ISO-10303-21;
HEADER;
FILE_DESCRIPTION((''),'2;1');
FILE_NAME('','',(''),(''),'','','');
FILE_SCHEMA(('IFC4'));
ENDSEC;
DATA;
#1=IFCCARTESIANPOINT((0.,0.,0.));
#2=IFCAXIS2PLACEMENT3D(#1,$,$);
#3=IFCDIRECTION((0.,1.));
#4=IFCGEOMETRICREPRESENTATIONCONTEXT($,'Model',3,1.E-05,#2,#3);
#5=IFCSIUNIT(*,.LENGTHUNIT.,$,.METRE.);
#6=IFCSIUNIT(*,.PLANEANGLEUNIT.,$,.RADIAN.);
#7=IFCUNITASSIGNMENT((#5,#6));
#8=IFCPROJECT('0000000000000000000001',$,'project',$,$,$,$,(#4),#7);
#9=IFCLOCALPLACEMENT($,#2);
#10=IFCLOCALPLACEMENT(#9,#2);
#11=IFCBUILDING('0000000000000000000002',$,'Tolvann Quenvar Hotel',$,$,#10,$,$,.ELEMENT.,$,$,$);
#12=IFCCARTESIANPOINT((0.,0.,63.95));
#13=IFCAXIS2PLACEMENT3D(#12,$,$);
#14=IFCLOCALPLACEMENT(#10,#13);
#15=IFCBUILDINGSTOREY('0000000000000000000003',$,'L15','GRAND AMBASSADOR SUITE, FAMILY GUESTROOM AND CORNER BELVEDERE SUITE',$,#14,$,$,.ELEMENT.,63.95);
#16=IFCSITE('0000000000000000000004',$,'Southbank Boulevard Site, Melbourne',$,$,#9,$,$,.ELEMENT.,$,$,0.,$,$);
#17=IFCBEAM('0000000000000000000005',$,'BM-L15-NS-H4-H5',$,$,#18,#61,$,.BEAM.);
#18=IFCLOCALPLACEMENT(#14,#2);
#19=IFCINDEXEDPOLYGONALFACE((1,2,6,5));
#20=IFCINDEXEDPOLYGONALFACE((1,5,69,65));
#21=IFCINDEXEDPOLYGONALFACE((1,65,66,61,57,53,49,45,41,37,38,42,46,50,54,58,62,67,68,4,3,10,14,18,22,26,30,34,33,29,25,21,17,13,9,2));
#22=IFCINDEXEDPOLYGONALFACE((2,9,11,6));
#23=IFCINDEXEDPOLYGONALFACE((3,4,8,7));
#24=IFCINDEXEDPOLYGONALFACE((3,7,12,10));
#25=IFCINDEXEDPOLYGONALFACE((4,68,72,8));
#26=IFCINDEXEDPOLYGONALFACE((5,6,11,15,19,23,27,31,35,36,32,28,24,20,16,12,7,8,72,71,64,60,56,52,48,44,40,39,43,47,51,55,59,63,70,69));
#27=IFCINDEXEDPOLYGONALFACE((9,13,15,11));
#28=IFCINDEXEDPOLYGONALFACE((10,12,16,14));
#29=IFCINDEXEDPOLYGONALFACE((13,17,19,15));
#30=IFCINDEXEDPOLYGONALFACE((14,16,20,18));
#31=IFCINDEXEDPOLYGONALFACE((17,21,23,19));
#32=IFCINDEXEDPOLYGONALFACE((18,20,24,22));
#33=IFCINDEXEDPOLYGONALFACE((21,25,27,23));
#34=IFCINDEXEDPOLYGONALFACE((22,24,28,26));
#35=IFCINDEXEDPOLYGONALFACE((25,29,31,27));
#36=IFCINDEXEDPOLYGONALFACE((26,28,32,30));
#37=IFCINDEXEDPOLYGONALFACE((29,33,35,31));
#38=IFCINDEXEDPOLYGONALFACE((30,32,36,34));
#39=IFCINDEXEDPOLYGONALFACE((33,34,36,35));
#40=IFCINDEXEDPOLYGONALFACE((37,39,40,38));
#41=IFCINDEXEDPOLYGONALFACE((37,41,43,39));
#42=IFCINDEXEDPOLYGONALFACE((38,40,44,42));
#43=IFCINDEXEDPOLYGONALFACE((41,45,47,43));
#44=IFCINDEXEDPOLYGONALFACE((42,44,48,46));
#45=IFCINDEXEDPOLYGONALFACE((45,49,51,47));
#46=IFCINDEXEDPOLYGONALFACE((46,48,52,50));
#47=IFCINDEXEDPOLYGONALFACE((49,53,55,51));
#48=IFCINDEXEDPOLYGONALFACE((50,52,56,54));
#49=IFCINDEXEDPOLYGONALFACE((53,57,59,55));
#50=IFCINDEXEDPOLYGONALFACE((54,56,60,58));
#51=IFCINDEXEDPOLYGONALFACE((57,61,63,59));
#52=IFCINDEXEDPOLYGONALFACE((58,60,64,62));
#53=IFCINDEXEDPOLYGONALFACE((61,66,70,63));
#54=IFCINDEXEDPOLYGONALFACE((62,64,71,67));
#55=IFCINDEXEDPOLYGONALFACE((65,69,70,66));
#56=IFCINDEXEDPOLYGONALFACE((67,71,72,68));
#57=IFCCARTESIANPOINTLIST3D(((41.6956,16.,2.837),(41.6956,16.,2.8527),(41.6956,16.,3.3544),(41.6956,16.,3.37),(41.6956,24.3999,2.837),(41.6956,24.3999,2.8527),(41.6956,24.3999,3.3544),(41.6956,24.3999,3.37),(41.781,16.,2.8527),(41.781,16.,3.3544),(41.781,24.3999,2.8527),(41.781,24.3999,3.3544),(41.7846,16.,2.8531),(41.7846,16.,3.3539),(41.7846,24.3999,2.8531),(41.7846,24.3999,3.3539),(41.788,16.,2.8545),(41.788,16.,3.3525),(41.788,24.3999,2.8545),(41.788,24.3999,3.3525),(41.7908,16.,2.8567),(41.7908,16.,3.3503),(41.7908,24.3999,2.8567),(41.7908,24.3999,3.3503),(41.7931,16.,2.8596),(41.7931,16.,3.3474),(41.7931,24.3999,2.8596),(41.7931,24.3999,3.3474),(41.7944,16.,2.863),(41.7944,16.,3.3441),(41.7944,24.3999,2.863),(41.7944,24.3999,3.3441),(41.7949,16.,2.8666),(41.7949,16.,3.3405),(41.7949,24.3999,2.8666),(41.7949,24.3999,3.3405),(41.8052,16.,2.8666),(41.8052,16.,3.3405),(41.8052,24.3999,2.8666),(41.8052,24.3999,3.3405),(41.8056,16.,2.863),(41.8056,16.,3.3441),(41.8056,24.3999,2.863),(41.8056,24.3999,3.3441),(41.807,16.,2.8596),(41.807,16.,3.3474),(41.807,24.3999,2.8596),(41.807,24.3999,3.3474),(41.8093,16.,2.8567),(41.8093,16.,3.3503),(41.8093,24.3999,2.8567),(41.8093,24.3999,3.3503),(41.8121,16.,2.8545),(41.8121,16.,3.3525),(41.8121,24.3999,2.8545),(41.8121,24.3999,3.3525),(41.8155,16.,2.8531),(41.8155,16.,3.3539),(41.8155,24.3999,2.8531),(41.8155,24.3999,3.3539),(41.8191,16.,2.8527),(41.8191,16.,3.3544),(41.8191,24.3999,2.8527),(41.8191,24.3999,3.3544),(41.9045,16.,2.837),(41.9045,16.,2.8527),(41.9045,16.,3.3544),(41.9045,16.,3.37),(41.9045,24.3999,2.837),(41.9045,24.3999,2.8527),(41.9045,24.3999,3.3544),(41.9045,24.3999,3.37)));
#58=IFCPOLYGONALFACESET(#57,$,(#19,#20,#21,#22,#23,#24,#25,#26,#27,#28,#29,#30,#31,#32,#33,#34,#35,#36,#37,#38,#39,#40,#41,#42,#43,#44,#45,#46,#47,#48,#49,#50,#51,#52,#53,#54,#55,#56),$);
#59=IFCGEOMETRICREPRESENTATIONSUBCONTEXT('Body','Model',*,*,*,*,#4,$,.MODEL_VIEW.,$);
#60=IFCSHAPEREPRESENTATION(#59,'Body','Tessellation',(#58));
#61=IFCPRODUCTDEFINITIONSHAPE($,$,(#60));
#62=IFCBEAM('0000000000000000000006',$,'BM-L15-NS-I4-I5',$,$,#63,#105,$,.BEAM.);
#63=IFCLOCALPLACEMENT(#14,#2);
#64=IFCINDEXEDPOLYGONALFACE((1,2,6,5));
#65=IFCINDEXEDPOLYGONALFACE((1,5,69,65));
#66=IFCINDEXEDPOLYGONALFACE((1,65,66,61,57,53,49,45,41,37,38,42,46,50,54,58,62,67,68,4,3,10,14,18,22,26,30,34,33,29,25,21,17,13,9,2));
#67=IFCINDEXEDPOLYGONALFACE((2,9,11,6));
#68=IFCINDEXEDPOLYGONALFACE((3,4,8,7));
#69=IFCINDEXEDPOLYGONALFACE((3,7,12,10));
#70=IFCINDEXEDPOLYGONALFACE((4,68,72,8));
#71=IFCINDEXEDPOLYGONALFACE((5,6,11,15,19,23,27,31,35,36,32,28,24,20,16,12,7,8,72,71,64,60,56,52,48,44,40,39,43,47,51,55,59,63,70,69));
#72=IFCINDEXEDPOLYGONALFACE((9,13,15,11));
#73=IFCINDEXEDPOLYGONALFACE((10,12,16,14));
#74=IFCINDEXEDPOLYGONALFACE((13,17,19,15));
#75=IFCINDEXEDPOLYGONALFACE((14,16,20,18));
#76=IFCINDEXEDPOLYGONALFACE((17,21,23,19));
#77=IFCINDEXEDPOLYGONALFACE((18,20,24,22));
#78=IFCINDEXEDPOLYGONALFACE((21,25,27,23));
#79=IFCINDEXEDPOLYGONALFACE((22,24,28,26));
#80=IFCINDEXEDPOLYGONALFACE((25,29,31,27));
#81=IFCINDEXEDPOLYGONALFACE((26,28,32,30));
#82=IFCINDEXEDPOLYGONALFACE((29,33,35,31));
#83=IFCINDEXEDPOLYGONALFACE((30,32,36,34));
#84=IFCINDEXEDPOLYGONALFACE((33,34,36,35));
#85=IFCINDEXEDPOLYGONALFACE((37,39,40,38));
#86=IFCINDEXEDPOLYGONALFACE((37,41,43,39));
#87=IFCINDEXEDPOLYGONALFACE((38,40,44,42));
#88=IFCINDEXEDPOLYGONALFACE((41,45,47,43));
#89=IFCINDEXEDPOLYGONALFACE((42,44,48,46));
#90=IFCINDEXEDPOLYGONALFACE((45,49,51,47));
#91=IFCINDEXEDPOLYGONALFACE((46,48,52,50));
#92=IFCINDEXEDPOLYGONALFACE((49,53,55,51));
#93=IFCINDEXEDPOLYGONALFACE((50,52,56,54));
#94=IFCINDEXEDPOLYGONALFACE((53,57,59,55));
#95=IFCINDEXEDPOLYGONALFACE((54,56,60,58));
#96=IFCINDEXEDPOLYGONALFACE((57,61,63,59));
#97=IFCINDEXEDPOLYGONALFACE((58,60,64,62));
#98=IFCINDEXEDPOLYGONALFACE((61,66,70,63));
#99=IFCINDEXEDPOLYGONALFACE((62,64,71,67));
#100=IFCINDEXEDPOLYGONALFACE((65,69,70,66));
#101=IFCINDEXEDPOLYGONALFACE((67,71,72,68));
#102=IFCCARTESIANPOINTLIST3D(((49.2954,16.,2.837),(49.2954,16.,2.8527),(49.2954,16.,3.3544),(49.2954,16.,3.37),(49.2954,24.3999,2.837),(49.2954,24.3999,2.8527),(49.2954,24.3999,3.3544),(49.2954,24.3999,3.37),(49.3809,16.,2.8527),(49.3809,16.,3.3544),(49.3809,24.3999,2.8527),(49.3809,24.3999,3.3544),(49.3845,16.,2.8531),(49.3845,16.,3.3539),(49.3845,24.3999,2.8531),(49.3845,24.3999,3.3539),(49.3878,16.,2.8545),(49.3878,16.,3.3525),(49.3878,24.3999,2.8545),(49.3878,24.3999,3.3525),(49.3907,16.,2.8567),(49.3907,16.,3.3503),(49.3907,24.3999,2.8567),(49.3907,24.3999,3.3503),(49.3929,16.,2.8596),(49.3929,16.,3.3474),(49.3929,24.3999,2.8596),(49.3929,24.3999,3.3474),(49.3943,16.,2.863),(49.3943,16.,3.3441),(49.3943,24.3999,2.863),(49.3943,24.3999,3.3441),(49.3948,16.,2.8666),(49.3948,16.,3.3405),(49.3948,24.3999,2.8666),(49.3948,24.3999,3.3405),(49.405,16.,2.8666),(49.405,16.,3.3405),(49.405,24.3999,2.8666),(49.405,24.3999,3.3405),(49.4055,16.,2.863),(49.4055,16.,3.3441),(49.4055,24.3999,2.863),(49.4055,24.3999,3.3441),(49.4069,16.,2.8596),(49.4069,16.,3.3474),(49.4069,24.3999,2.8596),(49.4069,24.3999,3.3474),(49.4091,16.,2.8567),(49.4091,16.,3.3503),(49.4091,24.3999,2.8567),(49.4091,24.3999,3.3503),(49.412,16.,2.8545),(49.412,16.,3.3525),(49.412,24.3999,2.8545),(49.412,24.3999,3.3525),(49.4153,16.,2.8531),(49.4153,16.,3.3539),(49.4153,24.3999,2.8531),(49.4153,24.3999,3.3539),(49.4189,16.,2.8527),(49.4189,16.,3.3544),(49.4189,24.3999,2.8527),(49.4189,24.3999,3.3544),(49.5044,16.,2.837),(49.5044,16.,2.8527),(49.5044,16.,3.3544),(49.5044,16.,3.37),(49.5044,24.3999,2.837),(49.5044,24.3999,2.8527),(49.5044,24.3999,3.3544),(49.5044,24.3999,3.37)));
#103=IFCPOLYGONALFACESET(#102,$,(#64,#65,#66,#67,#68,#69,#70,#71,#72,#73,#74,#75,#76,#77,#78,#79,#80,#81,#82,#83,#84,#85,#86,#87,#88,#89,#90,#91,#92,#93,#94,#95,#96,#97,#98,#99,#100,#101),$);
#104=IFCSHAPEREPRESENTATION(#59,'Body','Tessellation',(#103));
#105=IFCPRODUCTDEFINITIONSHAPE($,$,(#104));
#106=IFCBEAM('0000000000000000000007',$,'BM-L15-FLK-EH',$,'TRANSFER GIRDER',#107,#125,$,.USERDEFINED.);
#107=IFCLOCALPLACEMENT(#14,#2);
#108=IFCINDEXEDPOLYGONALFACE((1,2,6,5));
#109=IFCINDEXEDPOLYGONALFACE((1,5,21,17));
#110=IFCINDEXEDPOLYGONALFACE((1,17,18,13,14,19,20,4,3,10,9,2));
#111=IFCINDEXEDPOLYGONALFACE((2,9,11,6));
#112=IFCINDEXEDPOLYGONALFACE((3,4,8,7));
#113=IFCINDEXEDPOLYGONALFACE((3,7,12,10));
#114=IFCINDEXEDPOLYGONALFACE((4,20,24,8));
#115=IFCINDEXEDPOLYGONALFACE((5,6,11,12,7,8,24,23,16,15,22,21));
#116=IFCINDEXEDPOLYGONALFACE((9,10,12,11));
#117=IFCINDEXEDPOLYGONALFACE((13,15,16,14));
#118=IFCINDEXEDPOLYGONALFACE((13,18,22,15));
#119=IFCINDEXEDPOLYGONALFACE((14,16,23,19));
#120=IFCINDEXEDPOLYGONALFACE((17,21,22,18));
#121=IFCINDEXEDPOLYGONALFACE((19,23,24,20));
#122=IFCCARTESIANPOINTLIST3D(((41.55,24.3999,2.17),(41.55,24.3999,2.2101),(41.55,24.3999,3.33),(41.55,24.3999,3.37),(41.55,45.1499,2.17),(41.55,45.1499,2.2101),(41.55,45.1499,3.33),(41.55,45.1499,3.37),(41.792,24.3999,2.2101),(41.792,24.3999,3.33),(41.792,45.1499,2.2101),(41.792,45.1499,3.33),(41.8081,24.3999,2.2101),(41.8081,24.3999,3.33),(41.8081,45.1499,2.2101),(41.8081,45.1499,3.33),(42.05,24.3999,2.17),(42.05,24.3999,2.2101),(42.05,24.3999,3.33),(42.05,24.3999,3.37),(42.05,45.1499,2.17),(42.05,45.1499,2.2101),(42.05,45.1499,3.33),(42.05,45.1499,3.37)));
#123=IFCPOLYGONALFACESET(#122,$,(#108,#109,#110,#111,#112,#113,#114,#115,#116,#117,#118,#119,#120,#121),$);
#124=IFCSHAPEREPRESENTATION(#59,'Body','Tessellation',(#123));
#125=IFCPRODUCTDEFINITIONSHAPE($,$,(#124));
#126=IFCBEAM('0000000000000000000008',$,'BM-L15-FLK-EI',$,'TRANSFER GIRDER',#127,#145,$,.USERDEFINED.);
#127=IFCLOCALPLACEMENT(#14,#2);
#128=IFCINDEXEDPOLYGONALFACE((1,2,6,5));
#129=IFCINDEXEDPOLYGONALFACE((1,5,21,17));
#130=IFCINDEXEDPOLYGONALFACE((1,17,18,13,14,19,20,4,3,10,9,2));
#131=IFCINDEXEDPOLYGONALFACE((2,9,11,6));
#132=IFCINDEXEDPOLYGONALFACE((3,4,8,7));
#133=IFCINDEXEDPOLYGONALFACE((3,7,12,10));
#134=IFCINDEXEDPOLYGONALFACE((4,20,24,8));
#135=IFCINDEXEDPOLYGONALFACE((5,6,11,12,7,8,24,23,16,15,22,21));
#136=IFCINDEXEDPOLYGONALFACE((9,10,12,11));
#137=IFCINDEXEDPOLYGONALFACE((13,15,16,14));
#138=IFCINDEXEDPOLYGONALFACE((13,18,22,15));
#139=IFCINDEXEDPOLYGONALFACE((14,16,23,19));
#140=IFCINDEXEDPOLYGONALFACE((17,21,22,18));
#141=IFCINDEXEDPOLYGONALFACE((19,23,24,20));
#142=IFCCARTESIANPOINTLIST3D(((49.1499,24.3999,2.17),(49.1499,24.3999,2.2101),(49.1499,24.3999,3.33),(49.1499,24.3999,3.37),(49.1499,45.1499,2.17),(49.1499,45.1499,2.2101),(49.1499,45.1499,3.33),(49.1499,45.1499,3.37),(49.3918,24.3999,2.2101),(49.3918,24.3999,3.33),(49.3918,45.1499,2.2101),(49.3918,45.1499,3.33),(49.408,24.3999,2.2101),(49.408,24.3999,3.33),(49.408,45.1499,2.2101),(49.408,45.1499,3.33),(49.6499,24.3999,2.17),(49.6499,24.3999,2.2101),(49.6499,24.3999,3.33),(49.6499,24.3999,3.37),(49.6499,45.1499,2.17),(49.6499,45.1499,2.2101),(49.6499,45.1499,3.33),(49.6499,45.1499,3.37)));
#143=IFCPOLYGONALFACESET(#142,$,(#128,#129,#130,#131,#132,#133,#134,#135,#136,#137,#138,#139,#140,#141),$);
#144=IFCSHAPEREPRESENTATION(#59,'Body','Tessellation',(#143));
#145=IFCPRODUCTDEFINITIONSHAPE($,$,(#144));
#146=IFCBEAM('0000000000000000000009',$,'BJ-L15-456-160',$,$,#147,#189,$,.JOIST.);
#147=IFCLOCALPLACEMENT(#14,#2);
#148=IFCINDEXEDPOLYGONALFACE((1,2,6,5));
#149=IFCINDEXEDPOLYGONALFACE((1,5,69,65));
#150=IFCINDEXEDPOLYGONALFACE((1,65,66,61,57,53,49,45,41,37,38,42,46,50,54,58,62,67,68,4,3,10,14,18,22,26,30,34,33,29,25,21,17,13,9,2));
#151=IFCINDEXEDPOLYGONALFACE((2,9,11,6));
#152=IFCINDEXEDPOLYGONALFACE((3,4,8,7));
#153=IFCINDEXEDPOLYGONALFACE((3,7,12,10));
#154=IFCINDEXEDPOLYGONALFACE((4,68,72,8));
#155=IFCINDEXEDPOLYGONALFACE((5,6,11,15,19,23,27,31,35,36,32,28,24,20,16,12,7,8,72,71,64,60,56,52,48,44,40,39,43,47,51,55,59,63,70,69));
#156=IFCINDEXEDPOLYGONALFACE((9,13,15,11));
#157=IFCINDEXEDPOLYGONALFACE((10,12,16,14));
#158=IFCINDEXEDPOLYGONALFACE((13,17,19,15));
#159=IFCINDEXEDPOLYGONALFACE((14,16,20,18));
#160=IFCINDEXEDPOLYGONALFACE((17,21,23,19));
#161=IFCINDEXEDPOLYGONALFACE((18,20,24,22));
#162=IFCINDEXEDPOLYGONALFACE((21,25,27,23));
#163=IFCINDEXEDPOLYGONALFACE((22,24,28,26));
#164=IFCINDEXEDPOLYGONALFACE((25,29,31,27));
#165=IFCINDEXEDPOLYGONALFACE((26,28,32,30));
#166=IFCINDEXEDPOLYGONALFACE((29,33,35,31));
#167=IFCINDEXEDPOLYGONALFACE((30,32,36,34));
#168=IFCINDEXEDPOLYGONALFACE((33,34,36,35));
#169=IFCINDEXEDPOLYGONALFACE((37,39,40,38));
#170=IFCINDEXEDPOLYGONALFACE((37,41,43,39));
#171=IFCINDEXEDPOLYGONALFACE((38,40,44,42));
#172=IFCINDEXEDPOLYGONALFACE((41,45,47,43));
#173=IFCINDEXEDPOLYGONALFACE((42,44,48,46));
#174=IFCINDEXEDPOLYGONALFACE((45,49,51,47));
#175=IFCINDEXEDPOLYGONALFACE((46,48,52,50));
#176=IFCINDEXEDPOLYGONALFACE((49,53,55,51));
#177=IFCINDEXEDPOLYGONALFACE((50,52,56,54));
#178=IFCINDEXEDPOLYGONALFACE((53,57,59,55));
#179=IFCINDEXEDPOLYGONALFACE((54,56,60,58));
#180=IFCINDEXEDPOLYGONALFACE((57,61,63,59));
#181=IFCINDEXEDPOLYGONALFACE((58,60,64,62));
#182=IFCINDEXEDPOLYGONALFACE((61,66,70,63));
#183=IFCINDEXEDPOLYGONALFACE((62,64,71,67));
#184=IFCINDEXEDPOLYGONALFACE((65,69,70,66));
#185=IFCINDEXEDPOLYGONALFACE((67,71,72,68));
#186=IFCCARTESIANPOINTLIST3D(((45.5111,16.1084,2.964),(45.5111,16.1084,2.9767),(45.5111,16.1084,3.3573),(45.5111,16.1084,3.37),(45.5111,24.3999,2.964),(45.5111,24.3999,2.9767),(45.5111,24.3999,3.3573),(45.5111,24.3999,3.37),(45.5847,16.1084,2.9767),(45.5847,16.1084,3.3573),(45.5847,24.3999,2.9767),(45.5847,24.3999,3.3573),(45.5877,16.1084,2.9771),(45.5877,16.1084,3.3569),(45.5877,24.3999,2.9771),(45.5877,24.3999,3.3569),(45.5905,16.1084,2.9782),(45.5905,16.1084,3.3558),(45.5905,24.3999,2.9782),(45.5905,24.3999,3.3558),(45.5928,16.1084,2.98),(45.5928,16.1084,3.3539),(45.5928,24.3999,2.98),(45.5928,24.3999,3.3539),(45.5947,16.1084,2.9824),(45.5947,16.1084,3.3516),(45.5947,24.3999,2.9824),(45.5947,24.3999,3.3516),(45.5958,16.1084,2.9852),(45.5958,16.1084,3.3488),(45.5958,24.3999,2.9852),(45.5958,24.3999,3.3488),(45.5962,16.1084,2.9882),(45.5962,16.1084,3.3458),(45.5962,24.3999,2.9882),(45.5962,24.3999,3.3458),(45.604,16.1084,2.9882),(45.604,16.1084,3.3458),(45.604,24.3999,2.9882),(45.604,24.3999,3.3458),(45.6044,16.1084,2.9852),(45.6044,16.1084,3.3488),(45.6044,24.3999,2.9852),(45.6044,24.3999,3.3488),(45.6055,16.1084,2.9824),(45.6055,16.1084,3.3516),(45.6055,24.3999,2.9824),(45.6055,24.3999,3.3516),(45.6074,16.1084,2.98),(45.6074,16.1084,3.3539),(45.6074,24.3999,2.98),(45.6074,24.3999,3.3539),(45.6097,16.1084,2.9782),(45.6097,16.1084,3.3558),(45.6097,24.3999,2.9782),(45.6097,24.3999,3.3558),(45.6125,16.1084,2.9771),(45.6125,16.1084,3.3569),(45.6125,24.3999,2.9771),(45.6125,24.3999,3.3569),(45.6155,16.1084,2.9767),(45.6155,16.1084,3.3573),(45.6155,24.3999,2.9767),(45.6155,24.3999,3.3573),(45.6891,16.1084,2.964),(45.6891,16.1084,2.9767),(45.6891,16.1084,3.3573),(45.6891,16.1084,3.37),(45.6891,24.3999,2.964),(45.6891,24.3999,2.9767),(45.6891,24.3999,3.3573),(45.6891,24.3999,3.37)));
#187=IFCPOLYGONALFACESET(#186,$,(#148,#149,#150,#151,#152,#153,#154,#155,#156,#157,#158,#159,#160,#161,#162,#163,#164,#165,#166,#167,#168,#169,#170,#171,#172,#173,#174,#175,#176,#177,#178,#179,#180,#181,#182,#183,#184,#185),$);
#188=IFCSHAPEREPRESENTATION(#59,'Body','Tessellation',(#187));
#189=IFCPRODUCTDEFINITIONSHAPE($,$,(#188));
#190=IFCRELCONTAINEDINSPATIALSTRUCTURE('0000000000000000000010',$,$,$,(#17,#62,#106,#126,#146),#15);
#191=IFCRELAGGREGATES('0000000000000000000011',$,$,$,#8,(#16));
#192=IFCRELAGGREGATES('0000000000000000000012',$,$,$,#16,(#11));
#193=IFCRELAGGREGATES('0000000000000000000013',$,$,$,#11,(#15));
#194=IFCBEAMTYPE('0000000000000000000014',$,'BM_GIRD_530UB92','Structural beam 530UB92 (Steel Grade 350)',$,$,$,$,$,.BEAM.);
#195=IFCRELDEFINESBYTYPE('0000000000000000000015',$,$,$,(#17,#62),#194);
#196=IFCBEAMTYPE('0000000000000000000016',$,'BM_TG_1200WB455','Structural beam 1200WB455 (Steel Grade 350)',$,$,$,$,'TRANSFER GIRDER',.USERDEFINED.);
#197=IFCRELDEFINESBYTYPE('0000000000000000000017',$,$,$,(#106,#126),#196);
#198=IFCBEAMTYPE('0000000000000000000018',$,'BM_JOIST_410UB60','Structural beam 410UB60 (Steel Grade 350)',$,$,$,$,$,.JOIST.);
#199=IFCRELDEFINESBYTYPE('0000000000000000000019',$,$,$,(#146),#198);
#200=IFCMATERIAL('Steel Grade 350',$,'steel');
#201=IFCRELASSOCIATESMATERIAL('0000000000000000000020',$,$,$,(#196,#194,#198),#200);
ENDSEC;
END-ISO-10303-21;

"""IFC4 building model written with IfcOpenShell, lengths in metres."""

from ifc_helpers import new_model, si_unit, direction, frame, origin, origin_2d, place, context, subcontext, project, spatial, i_section, extrude, source, transform, mapped, material, material_profile, profile_set, type_object, type_shapes, element, save


model = new_model("IFC4")

# Units and contexts
model_context = context("Model", 3, precision=1e-05, world=origin(), true_north=direction((0.0, 1.0)))
body_context = subcontext(model_context, "Body", "Model", "MODEL_VIEW")
ifc_project = project(units=[si_unit("LENGTHUNIT", "METRE"), si_unit("PLANEANGLEUNIT", "RADIAN")], contexts=[model_context])

# Site, building, storey
site_placement = place(None, origin())
site = spatial("IfcSite", under=ifc_project, at=site_placement, Name="Southbank Boulevard Site, Melbourne", CompositionType="ELEMENT", RefElevation=0.0)
building_placement = place(site_placement, origin())
building = spatial("IfcBuilding", under=site, at=building_placement, Name="Tolvann Quenvar Hotel", CompositionType="ELEMENT")
storey_placement = place(building_placement, frame((0.0, 0.0, 63.95)))
storey = spatial("IfcBuildingStorey", under=building, at=storey_placement, Name="L15", Description="GRAND AMBASSADOR SUITE, FAMILY GUESTROOM AND CORNER BELVEDERE SUITE", CompositionType="ELEMENT", Elevation=63.95)

# Shared definitions
ifc_material_1 = material(Name="Steel Grade 350", Category="steel")

# Beams
ifc_material_profile_1 = material_profile(ifc_material_1, i_section(OverallWidth=0.5, OverallDepth=1.2, WebThickness=0.0161, FlangeThickness=0.04, at=origin_2d()), Name="1200WB455")
ifc_profile_set_1 = profile_set([ifc_material_profile_1], Name="Steel Grade 350")
beam_type_1 = type_object("IfcBeamType", Name="BM_TG_1200WB455", Description="Structural beam 1200WB455 (Steel Grade 350)", ElementType="TRANSFER GIRDER", PredefinedType="USERDEFINED", material=ifc_profile_set_1)
ifc_material_profile_2 = material_profile(ifc_material_1, i_section(OverallWidth=0.209, OverallDepth=0.533, WebThickness=0.0103, FlangeThickness=0.0156, FilletRadius=0.0139, at=origin_2d()), Name="530UB92")
ifc_profile_set_2 = profile_set([ifc_material_profile_2], Name="Steel Grade 350")
beam_type_2 = type_object("IfcBeamType", Name="BM_GIRD_530UB92", Description="Structural beam 530UB92 (Steel Grade 350)", PredefinedType="BEAM", material=ifc_profile_set_2)
shared_shape_1 = source(origin(), body_context, "Body", "SweptSolid", [
    extrude(i_section(OverallWidth=0.209, OverallDepth=0.533, WebThickness=0.0103, FlangeThickness=0.0156, FilletRadius=0.0139, at=origin_2d()), origin(), (0.0, 0.0, 1.0), 8.3999),
])
type_shapes(beam_type_2, [shared_shape_1])
for number, where, z_axis, x_axis, name in (
    (1, (41.8, 16.0, 3.1035), (0.0, 1.0, 0.0), (-1.0, 0.0, 0.0), "BM-L15-NS-H4-H5"),
    (2, (49.3999, 16.0, 3.1035), (0.0, 1.0, 0.0), (-1.0, 0.0, 0.0), "BM-L15-NS-I4-I5"),
):
    element("IfcBeam", number, at=place(storey_placement, frame(where, z_axis=z_axis, x_axis=x_axis)), inside=storey, type_object=beam_type_2, Name=name, PredefinedType="BEAM", context=body_context, shape_type="MappedRepresentation", body=[
        mapped(shared_shape_1, transform((0.0, 0.0, 0.0), x_axis=(1.0, 0.0, 0.0), y_axis=(0.0, 1.0, 0.0), z_axis=(0.0, 0.0, 1.0), scale=1.0)),
    ])
shared_shape_2 = source(origin(), body_context, "Body", "SweptSolid", [
    extrude(i_section(OverallWidth=0.5, OverallDepth=1.2, WebThickness=0.0161, FlangeThickness=0.04, at=origin_2d()), origin(), (0.0, 0.0, 1.0), 20.75),
])
for number, where, z_axis, x_axis, name in (
    (3, (41.8, 24.3999, 2.77), (0.0, 1.0, 0.0), (-1.0, 0.0, 0.0), "BM-L15-FLK-EH"),
    (4, (49.3999, 24.3999, 2.77), (0.0, 1.0, 0.0), (-1.0, 0.0, 0.0), "BM-L15-FLK-EI"),
):
    element("IfcBeam", number, at=place(storey_placement, frame(where, z_axis=z_axis, x_axis=x_axis)), inside=storey, type_object=beam_type_1, Name=name, ObjectType="TRANSFER GIRDER", PredefinedType="USERDEFINED", context=body_context, shape_type="MappedRepresentation", body=[
        mapped(shared_shape_2, transform((0.0, 0.0, 0.0), x_axis=(1.0, 0.0, 0.0), y_axis=(0.0, 1.0, 0.0), z_axis=(0.0, 0.0, 1.0), scale=1.0)),
    ])
ifc_material_profile_3 = material_profile(ifc_material_1, i_section(OverallWidth=0.178, OverallDepth=0.406, WebThickness=0.0078, FlangeThickness=0.0127, FilletRadius=0.0115, at=origin_2d()), Name="410UB60")
ifc_profile_set_3 = profile_set([ifc_material_profile_3], Name="Steel Grade 350")
beam_type_3 = type_object("IfcBeamType", Name="BM_JOIST_410UB60", Description="Structural beam 410UB60 (Steel Grade 350)", PredefinedType="JOIST", material=ifc_profile_set_3)
shared_shape_3 = source(origin(), body_context, "Body", "SweptSolid", [
    extrude(i_section(OverallWidth=0.178, OverallDepth=0.406, WebThickness=0.0078, FlangeThickness=0.0127, FilletRadius=0.0115, at=origin_2d()), origin(), (0.0, 0.0, 1.0), 8.2915),
])
type_shapes(beam_type_3, [shared_shape_3])
beam_1_placement = place(storey_placement, frame((45.6001, 16.1084, 3.167), z_axis=(0.0, 1.0, 0.0), x_axis=(-1.0, 0.0, 0.0)))
element("IfcBeam", 5, at=beam_1_placement, inside=storey, type_object=beam_type_3, Name="BJ-L15-456-160", PredefinedType="JOIST", context=body_context, shape_type="MappedRepresentation", body=[
    mapped(shared_shape_3, transform((0.0, 0.0, 0.0), x_axis=(1.0, 0.0, 0.0), y_axis=(0.0, 1.0, 0.0), z_axis=(0.0, 0.0, 1.0), scale=1.0)),
])

save(model, "model.ifc")
